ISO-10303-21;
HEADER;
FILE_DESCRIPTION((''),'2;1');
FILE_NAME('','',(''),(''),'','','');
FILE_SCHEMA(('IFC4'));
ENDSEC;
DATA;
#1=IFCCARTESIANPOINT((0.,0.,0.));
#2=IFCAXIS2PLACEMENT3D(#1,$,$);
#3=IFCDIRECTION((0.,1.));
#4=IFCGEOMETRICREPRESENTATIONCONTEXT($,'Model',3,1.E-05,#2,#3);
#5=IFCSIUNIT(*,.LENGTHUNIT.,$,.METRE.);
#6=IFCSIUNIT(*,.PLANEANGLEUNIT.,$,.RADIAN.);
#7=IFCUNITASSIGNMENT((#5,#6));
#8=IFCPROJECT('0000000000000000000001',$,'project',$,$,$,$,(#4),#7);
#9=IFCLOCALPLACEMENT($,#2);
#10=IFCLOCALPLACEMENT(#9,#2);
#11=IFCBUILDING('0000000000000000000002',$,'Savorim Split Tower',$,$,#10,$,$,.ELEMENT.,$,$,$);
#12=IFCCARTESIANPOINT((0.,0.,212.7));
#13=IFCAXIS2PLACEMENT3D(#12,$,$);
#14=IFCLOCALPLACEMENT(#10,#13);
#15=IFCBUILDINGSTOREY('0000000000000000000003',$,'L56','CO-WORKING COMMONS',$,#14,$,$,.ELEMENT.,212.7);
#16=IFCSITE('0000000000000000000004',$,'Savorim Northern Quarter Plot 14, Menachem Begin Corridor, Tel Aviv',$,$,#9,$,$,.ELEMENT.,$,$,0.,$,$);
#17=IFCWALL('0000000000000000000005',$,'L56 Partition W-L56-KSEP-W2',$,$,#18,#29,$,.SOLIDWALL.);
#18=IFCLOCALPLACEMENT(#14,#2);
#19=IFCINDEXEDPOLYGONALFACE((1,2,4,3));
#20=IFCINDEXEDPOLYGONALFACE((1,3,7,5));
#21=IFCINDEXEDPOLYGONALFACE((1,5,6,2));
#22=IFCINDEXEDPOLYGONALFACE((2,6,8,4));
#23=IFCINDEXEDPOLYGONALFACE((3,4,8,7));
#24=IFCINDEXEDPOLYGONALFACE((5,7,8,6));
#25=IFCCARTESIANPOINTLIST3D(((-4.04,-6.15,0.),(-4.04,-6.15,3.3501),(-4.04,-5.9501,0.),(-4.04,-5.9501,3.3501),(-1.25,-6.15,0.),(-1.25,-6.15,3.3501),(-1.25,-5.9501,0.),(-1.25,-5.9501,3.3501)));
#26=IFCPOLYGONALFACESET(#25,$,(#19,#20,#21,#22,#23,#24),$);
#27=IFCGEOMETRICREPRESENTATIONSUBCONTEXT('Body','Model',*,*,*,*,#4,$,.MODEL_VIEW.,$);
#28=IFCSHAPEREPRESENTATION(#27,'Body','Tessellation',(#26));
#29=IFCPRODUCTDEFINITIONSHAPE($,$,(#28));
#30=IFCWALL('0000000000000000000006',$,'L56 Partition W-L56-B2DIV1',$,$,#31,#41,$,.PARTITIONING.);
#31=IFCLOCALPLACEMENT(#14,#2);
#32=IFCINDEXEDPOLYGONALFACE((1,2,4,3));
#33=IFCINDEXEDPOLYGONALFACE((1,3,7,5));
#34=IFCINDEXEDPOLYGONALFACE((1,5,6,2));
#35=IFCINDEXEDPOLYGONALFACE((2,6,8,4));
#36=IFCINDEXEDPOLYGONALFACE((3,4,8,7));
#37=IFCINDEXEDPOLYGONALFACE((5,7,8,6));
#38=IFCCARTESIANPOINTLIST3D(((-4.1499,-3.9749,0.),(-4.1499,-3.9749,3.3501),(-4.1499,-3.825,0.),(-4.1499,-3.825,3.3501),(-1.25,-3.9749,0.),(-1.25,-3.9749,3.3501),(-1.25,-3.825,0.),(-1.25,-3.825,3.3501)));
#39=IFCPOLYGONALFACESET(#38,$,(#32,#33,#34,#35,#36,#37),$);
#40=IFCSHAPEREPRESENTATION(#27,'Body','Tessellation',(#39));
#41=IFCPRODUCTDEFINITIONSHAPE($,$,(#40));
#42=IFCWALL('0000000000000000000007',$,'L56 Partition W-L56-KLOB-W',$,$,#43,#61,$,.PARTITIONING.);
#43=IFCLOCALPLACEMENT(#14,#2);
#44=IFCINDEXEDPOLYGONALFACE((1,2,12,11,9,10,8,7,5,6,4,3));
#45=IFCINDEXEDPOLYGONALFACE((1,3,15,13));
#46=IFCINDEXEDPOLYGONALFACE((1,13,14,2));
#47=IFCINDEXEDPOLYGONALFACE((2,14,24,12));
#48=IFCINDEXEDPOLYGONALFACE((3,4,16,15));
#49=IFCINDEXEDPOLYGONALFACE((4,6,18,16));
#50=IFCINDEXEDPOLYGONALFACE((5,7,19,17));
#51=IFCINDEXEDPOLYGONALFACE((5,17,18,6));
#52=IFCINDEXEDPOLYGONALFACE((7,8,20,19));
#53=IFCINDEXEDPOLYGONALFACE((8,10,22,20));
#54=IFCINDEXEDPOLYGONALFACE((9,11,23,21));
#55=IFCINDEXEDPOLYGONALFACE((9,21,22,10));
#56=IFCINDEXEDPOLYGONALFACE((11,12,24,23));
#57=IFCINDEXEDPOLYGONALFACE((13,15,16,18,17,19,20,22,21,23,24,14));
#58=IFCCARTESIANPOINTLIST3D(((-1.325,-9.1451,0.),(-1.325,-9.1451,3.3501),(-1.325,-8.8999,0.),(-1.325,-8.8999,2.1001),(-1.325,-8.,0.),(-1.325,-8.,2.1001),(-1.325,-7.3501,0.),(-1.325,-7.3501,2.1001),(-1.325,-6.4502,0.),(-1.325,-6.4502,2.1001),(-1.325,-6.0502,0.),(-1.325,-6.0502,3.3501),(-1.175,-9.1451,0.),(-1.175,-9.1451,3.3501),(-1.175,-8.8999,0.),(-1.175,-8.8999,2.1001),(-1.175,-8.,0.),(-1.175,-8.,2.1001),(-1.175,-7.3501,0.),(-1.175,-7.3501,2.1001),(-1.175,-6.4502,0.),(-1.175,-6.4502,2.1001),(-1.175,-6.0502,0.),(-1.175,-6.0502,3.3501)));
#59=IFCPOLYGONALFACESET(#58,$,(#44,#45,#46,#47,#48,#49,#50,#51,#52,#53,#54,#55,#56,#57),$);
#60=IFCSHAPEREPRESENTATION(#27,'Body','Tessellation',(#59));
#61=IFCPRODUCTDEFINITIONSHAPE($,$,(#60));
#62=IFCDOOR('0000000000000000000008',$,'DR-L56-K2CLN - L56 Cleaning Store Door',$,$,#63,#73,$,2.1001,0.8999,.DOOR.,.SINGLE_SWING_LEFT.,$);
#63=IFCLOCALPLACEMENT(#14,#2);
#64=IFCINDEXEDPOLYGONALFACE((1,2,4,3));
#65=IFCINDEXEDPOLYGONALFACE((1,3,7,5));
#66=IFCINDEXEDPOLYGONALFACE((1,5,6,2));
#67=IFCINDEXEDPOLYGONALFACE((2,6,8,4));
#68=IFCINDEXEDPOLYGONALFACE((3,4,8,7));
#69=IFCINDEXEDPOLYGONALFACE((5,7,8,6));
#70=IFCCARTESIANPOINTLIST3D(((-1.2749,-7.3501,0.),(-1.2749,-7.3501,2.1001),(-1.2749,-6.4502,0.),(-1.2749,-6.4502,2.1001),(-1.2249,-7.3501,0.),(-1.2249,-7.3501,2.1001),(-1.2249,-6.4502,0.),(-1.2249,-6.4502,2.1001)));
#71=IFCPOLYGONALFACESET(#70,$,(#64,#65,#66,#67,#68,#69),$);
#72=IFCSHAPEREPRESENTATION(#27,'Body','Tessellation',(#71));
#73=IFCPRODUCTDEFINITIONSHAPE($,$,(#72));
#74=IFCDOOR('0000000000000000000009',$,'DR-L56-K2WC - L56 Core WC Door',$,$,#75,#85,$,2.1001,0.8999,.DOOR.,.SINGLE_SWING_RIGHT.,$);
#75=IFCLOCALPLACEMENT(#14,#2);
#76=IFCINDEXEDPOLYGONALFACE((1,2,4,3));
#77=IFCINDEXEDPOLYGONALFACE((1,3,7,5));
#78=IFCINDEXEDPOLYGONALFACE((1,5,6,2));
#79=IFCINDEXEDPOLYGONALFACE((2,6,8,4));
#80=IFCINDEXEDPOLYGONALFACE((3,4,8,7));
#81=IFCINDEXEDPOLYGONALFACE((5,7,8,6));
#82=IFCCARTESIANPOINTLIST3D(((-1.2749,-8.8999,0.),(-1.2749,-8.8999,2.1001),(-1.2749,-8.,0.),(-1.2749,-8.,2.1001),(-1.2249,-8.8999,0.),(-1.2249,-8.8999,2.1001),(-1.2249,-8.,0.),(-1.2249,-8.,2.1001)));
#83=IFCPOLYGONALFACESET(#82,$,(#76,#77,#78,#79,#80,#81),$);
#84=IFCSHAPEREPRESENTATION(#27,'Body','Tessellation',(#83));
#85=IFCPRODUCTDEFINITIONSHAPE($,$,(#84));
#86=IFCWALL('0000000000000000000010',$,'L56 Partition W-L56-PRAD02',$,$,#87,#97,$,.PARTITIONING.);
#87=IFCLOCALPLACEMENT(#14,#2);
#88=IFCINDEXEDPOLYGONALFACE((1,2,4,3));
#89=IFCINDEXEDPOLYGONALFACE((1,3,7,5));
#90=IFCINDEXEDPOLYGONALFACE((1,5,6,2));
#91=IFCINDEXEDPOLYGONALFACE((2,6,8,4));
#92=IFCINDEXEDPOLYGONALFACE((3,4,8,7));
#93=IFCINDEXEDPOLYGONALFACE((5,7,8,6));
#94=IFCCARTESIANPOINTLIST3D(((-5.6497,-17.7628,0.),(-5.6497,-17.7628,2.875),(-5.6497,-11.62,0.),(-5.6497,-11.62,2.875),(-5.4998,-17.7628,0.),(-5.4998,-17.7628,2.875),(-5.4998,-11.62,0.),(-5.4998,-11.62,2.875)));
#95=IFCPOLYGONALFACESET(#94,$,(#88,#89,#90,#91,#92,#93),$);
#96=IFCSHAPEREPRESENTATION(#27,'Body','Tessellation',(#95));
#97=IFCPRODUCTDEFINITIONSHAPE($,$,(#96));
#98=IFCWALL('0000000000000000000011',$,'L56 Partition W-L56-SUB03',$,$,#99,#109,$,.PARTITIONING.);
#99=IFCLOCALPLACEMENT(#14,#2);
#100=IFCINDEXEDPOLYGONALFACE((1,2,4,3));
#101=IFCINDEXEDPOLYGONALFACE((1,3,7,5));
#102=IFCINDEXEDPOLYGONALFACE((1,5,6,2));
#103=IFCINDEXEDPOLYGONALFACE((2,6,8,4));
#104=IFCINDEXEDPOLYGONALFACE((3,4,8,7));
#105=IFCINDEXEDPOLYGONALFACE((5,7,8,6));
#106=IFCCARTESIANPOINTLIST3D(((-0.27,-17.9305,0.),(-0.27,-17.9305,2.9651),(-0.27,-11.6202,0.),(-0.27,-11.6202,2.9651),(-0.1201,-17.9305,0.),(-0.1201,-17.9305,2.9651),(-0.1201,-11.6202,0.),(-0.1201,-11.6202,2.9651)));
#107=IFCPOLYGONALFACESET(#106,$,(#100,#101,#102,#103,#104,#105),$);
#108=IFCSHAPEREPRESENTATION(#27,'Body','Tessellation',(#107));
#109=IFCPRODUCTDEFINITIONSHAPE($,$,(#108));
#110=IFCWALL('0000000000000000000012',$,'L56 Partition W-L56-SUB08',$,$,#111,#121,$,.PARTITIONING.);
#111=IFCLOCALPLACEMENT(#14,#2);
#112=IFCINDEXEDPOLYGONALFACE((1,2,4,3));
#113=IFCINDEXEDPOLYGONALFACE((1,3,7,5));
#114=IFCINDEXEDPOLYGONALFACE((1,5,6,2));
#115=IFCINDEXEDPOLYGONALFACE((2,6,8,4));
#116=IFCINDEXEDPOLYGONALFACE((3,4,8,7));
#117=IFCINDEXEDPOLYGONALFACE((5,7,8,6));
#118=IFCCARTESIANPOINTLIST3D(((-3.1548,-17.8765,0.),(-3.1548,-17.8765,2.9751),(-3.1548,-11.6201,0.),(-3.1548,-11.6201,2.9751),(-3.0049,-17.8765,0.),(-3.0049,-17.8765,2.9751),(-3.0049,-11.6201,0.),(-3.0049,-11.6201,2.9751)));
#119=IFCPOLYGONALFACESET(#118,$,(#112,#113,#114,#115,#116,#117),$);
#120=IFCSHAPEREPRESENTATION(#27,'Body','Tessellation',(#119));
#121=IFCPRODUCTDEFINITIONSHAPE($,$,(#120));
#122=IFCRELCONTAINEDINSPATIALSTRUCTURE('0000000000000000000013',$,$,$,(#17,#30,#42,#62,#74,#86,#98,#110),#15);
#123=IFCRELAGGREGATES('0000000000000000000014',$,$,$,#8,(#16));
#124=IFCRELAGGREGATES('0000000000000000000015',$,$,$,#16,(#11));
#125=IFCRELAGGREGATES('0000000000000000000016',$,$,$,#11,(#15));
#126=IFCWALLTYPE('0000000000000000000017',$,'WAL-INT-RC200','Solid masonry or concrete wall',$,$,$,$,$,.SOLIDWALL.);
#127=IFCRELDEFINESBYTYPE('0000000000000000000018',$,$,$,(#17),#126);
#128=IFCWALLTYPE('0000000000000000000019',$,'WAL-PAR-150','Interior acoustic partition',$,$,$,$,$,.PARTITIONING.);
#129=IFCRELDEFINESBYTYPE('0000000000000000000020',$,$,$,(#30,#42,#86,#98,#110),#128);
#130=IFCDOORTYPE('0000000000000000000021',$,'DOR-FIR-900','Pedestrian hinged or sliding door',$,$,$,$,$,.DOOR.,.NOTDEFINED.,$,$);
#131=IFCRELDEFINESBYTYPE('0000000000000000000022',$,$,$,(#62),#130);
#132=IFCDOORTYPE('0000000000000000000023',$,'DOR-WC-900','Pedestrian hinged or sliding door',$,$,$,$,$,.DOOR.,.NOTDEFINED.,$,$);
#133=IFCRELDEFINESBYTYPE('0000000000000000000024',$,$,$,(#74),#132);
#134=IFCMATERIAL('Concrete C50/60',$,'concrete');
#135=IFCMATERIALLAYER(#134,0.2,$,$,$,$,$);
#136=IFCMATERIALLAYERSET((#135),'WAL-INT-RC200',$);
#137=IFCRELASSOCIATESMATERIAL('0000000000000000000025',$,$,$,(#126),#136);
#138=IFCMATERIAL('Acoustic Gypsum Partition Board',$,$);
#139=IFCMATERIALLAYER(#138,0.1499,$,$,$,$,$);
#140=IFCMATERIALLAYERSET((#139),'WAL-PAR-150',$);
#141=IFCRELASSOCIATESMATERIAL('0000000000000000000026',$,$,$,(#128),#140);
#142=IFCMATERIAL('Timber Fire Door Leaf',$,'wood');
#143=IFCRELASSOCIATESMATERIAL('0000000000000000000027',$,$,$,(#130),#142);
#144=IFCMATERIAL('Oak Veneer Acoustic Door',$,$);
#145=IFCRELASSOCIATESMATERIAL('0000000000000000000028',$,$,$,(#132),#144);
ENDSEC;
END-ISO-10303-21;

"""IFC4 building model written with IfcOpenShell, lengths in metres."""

from ifc_helpers import new_model, si_unit, direction, frame, frame_2d, origin, place, context, subcontext, project, spatial, rectangle, extrude, material, layer, layer_set, type_object, element, fill, save


model = new_model("IFC4")

# Units and contexts
model_context = context("Model", 3, precision=1e-05, world=origin(), true_north=direction((0.0, 1.0)))
body_context = subcontext(model_context, "Body", "Model", "MODEL_VIEW")
ifc_project = project(units=[si_unit("LENGTHUNIT", "METRE"), si_unit("PLANEANGLEUNIT", "RADIAN")], contexts=[model_context])

# Site, building, storey
site_placement = place(None, origin())
site = spatial("IfcSite", under=ifc_project, at=site_placement, Name="Savorim Northern Quarter Plot 14, Menachem Begin Corridor, Tel Aviv", CompositionType="ELEMENT", RefElevation=0.0)
building_placement = place(site_placement, origin())
building = spatial("IfcBuilding", under=site, at=building_placement, Name="Savorim Split Tower", CompositionType="ELEMENT")
storey_placement = place(building_placement, frame((0.0, 0.0, 212.7)))
storey = spatial("IfcBuildingStorey", under=building, at=storey_placement, Name="L56", Description="CO-WORKING COMMONS", CompositionType="ELEMENT", Elevation=212.7)

# Shared definitions
ifc_material_1 = material(Name="Timber Fire Door Leaf", Category="wood")

# Shared definitions
ifc_material_2 = material(Name="Concrete C50/60", Category="concrete")
ifc_layer_1 = layer(ifc_material_2, 0.2)
ifc_layer_set_1 = layer_set([ifc_layer_1], Name="WAL-INT-RC200")
wall_type_1 = type_object("IfcWallType", Name="WAL-INT-RC200", Description="Solid masonry or concrete wall", PredefinedType="SOLIDWALL", material=ifc_layer_set_1)

# Walls
wall_1_placement = place(storey_placement, frame((-4.04, -6.05, 0.0), z_axis=(0.0, 0.0, 1.0), x_axis=(1.0, 0.0, 0.0)))
element("IfcWall", 1, at=wall_1_placement, inside=storey, type_object=wall_type_1, Name="L56 Partition W-L56-KSEP-W2", PredefinedType="SOLIDWALL", context=body_context, shape_type="SweptSolid", body=[
    extrude(rectangle(XDim=2.79, YDim=0.2, at=frame_2d((1.395, 0.0))), origin(), (0.0, 0.0, 1.0), 3.3501),
])
ifc_material_3 = material(Name="Acoustic Gypsum Partition Board")
ifc_layer_2 = layer(ifc_material_3, 0.1499)
ifc_layer_set_2 = layer_set([ifc_layer_2], Name="WAL-PAR-150")
wall_type_2 = type_object("IfcWallType", Name="WAL-PAR-150", Description="Interior acoustic partition", PredefinedType="PARTITIONING", material=ifc_layer_set_2)
wall_2_placement = place(storey_placement, frame((-4.1499, -3.8999, 0.0), z_axis=(0.0, 0.0, 1.0), x_axis=(1.0, 0.0, 0.0)))
element("IfcWall", 2, at=wall_2_placement, inside=storey, type_object=wall_type_2, Name="L56 Partition W-L56-B2DIV1", PredefinedType="PARTITIONING", context=body_context, shape_type="SweptSolid", body=[
    extrude(rectangle(XDim=2.8999, YDim=0.1499, at=frame_2d((1.45, 0.0))), origin(), (0.0, 0.0, 1.0), 3.3501),
])

# Wall, openings, doors
wall_3_placement = place(storey_placement, frame((-1.25, -9.145, 0.0), z_axis=(0.0, 0.0, 1.0), x_axis=(0.0, 1.0, 0.0)))
wall_3 = element("IfcWall", 3, at=wall_3_placement, inside=storey, type_object=wall_type_2, Name="L56 Partition W-L56-KLOB-W", PredefinedType="PARTITIONING", context=body_context, shape_type="SweptSolid", body=[
    extrude(rectangle(XDim=3.095, YDim=0.1499, at=frame_2d((1.5474, 0.0))), origin(), (0.0, 0.0, 1.0), 3.3501),
])
opening_1_placement = place(wall_3_placement, frame((1.7949, 0.0, 0.0)))
opening_1 = element("IfcOpeningElement", 4, at=opening_1_placement, cuts=wall_3, PredefinedType="OPENING", context=body_context, shape_type="SweptSolid", body=[
    extrude(rectangle(XDim=0.8999, YDim=2.1001, at=frame_2d((0.45, 1.05))), frame((0.0, 0.085, 0.0), z_axis=(0.0, -1.0, 0.0), x_axis=(1.0, 0.0, 0.0)), (0.0, 0.0, 1.0), 0.1699),
])
opening_2_placement = place(wall_3_placement, frame((0.2451, 0.0, 0.0)))
opening_2 = element("IfcOpeningElement", 5, at=opening_2_placement, cuts=wall_3, PredefinedType="OPENING", context=body_context, shape_type="SweptSolid", body=[
    extrude(rectangle(XDim=0.8999, YDim=2.1001, at=frame_2d((0.45, 1.05))), frame((0.0, 0.085, 0.0), z_axis=(0.0, -1.0, 0.0), x_axis=(1.0, 0.0, 0.0)), (0.0, 0.0, 1.0), 0.1699),
])
door_type_1 = type_object("IfcDoorType", Name="DOR-FIR-900", Description="Pedestrian hinged or sliding door", OperationType="NOTDEFINED", PredefinedType="DOOR", material=ifc_material_1)
door_1_placement = place(opening_1_placement, origin())
door_1 = element("IfcDoor", 6, at=door_1_placement, inside=storey, type_object=door_type_1, Name="DR-L56-K2CLN - L56 Cleaning Store Door", OperationType="SINGLE_SWING_LEFT", OverallHeight=2.1001, OverallWidth=0.8999, PredefinedType="DOOR", context=body_context, shape_type="SweptSolid", body=[
    extrude(rectangle(XDim=0.8999, YDim=2.1001, at=frame_2d((0.45, 1.05))), frame((0.0, 0.0249, 0.0), z_axis=(0.0, -1.0, 0.0), x_axis=(1.0, 0.0, 0.0)), (0.0, 0.0, 1.0), 0.05),
])
fill(opening_1, door_1)
ifc_material_4 = material(Name="Oak Veneer Acoustic Door")
door_type_2 = type_object("IfcDoorType", Name="DOR-WC-900", Description="Pedestrian hinged or sliding door", OperationType="NOTDEFINED", PredefinedType="DOOR", material=ifc_material_4)
door_2_placement = place(opening_2_placement, origin())
door_2 = element("IfcDoor", 7, at=door_2_placement, inside=storey, type_object=door_type_2, Name="DR-L56-K2WC - L56 Core WC Door", OperationType="SINGLE_SWING_RIGHT", OverallHeight=2.1001, OverallWidth=0.8999, PredefinedType="DOOR", context=body_context, shape_type="SweptSolid", body=[
    extrude(rectangle(XDim=0.8999, YDim=2.1001, at=frame_2d((0.45, 1.05))), frame((0.0, 0.0249, 0.0), z_axis=(0.0, -1.0, 0.0), x_axis=(1.0, 0.0, 0.0)), (0.0, 0.0, 1.0), 0.05),
])
fill(opening_2, door_2)

# Walls
wall_4_placement = place(storey_placement, frame((-5.5747, -11.6201, 0.0), z_axis=(0.0, 0.0, 1.0), x_axis=(0.0, -1.0, 0.0)))
element("IfcWall", 8, at=wall_4_placement, inside=storey, type_object=wall_type_2, Name="L56 Partition W-L56-PRAD02", PredefinedType="PARTITIONING", context=body_context, shape_type="SweptSolid", body=[
    extrude(rectangle(XDim=6.1428, YDim=0.1499, at=frame_2d((3.0713, 0.0))), origin(), (0.0, 0.0, 1.0), 2.875),
])
wall_5_placement = place(storey_placement, frame((-0.1951, -11.6201, 0.0), z_axis=(0.0, 0.0, 1.0), x_axis=(0.0, -1.0, 0.0)))
element("IfcWall", 9, at=wall_5_placement, inside=storey, type_object=wall_type_2, Name="L56 Partition W-L56-SUB03", PredefinedType="PARTITIONING", context=body_context, shape_type="SweptSolid", body=[
    extrude(rectangle(XDim=6.3103, YDim=0.1499, at=frame_2d((3.1553, 0.0))), origin(), (0.0, 0.0, 1.0), 2.9651),
])
wall_6_placement = place(storey_placement, frame((-3.0798, -11.6201, 0.0), z_axis=(0.0, 0.0, 1.0), x_axis=(0.0, -1.0, 0.0)))
element("IfcWall", 10, at=wall_6_placement, inside=storey, type_object=wall_type_2, Name="L56 Partition W-L56-SUB08", PredefinedType="PARTITIONING", context=body_context, shape_type="SweptSolid", body=[
    extrude(rectangle(XDim=6.2563, YDim=0.1499, at=frame_2d((3.1282, 0.0))), origin(), (0.0, 0.0, 1.0), 2.9751),
])

save(model, "model.ifc")
